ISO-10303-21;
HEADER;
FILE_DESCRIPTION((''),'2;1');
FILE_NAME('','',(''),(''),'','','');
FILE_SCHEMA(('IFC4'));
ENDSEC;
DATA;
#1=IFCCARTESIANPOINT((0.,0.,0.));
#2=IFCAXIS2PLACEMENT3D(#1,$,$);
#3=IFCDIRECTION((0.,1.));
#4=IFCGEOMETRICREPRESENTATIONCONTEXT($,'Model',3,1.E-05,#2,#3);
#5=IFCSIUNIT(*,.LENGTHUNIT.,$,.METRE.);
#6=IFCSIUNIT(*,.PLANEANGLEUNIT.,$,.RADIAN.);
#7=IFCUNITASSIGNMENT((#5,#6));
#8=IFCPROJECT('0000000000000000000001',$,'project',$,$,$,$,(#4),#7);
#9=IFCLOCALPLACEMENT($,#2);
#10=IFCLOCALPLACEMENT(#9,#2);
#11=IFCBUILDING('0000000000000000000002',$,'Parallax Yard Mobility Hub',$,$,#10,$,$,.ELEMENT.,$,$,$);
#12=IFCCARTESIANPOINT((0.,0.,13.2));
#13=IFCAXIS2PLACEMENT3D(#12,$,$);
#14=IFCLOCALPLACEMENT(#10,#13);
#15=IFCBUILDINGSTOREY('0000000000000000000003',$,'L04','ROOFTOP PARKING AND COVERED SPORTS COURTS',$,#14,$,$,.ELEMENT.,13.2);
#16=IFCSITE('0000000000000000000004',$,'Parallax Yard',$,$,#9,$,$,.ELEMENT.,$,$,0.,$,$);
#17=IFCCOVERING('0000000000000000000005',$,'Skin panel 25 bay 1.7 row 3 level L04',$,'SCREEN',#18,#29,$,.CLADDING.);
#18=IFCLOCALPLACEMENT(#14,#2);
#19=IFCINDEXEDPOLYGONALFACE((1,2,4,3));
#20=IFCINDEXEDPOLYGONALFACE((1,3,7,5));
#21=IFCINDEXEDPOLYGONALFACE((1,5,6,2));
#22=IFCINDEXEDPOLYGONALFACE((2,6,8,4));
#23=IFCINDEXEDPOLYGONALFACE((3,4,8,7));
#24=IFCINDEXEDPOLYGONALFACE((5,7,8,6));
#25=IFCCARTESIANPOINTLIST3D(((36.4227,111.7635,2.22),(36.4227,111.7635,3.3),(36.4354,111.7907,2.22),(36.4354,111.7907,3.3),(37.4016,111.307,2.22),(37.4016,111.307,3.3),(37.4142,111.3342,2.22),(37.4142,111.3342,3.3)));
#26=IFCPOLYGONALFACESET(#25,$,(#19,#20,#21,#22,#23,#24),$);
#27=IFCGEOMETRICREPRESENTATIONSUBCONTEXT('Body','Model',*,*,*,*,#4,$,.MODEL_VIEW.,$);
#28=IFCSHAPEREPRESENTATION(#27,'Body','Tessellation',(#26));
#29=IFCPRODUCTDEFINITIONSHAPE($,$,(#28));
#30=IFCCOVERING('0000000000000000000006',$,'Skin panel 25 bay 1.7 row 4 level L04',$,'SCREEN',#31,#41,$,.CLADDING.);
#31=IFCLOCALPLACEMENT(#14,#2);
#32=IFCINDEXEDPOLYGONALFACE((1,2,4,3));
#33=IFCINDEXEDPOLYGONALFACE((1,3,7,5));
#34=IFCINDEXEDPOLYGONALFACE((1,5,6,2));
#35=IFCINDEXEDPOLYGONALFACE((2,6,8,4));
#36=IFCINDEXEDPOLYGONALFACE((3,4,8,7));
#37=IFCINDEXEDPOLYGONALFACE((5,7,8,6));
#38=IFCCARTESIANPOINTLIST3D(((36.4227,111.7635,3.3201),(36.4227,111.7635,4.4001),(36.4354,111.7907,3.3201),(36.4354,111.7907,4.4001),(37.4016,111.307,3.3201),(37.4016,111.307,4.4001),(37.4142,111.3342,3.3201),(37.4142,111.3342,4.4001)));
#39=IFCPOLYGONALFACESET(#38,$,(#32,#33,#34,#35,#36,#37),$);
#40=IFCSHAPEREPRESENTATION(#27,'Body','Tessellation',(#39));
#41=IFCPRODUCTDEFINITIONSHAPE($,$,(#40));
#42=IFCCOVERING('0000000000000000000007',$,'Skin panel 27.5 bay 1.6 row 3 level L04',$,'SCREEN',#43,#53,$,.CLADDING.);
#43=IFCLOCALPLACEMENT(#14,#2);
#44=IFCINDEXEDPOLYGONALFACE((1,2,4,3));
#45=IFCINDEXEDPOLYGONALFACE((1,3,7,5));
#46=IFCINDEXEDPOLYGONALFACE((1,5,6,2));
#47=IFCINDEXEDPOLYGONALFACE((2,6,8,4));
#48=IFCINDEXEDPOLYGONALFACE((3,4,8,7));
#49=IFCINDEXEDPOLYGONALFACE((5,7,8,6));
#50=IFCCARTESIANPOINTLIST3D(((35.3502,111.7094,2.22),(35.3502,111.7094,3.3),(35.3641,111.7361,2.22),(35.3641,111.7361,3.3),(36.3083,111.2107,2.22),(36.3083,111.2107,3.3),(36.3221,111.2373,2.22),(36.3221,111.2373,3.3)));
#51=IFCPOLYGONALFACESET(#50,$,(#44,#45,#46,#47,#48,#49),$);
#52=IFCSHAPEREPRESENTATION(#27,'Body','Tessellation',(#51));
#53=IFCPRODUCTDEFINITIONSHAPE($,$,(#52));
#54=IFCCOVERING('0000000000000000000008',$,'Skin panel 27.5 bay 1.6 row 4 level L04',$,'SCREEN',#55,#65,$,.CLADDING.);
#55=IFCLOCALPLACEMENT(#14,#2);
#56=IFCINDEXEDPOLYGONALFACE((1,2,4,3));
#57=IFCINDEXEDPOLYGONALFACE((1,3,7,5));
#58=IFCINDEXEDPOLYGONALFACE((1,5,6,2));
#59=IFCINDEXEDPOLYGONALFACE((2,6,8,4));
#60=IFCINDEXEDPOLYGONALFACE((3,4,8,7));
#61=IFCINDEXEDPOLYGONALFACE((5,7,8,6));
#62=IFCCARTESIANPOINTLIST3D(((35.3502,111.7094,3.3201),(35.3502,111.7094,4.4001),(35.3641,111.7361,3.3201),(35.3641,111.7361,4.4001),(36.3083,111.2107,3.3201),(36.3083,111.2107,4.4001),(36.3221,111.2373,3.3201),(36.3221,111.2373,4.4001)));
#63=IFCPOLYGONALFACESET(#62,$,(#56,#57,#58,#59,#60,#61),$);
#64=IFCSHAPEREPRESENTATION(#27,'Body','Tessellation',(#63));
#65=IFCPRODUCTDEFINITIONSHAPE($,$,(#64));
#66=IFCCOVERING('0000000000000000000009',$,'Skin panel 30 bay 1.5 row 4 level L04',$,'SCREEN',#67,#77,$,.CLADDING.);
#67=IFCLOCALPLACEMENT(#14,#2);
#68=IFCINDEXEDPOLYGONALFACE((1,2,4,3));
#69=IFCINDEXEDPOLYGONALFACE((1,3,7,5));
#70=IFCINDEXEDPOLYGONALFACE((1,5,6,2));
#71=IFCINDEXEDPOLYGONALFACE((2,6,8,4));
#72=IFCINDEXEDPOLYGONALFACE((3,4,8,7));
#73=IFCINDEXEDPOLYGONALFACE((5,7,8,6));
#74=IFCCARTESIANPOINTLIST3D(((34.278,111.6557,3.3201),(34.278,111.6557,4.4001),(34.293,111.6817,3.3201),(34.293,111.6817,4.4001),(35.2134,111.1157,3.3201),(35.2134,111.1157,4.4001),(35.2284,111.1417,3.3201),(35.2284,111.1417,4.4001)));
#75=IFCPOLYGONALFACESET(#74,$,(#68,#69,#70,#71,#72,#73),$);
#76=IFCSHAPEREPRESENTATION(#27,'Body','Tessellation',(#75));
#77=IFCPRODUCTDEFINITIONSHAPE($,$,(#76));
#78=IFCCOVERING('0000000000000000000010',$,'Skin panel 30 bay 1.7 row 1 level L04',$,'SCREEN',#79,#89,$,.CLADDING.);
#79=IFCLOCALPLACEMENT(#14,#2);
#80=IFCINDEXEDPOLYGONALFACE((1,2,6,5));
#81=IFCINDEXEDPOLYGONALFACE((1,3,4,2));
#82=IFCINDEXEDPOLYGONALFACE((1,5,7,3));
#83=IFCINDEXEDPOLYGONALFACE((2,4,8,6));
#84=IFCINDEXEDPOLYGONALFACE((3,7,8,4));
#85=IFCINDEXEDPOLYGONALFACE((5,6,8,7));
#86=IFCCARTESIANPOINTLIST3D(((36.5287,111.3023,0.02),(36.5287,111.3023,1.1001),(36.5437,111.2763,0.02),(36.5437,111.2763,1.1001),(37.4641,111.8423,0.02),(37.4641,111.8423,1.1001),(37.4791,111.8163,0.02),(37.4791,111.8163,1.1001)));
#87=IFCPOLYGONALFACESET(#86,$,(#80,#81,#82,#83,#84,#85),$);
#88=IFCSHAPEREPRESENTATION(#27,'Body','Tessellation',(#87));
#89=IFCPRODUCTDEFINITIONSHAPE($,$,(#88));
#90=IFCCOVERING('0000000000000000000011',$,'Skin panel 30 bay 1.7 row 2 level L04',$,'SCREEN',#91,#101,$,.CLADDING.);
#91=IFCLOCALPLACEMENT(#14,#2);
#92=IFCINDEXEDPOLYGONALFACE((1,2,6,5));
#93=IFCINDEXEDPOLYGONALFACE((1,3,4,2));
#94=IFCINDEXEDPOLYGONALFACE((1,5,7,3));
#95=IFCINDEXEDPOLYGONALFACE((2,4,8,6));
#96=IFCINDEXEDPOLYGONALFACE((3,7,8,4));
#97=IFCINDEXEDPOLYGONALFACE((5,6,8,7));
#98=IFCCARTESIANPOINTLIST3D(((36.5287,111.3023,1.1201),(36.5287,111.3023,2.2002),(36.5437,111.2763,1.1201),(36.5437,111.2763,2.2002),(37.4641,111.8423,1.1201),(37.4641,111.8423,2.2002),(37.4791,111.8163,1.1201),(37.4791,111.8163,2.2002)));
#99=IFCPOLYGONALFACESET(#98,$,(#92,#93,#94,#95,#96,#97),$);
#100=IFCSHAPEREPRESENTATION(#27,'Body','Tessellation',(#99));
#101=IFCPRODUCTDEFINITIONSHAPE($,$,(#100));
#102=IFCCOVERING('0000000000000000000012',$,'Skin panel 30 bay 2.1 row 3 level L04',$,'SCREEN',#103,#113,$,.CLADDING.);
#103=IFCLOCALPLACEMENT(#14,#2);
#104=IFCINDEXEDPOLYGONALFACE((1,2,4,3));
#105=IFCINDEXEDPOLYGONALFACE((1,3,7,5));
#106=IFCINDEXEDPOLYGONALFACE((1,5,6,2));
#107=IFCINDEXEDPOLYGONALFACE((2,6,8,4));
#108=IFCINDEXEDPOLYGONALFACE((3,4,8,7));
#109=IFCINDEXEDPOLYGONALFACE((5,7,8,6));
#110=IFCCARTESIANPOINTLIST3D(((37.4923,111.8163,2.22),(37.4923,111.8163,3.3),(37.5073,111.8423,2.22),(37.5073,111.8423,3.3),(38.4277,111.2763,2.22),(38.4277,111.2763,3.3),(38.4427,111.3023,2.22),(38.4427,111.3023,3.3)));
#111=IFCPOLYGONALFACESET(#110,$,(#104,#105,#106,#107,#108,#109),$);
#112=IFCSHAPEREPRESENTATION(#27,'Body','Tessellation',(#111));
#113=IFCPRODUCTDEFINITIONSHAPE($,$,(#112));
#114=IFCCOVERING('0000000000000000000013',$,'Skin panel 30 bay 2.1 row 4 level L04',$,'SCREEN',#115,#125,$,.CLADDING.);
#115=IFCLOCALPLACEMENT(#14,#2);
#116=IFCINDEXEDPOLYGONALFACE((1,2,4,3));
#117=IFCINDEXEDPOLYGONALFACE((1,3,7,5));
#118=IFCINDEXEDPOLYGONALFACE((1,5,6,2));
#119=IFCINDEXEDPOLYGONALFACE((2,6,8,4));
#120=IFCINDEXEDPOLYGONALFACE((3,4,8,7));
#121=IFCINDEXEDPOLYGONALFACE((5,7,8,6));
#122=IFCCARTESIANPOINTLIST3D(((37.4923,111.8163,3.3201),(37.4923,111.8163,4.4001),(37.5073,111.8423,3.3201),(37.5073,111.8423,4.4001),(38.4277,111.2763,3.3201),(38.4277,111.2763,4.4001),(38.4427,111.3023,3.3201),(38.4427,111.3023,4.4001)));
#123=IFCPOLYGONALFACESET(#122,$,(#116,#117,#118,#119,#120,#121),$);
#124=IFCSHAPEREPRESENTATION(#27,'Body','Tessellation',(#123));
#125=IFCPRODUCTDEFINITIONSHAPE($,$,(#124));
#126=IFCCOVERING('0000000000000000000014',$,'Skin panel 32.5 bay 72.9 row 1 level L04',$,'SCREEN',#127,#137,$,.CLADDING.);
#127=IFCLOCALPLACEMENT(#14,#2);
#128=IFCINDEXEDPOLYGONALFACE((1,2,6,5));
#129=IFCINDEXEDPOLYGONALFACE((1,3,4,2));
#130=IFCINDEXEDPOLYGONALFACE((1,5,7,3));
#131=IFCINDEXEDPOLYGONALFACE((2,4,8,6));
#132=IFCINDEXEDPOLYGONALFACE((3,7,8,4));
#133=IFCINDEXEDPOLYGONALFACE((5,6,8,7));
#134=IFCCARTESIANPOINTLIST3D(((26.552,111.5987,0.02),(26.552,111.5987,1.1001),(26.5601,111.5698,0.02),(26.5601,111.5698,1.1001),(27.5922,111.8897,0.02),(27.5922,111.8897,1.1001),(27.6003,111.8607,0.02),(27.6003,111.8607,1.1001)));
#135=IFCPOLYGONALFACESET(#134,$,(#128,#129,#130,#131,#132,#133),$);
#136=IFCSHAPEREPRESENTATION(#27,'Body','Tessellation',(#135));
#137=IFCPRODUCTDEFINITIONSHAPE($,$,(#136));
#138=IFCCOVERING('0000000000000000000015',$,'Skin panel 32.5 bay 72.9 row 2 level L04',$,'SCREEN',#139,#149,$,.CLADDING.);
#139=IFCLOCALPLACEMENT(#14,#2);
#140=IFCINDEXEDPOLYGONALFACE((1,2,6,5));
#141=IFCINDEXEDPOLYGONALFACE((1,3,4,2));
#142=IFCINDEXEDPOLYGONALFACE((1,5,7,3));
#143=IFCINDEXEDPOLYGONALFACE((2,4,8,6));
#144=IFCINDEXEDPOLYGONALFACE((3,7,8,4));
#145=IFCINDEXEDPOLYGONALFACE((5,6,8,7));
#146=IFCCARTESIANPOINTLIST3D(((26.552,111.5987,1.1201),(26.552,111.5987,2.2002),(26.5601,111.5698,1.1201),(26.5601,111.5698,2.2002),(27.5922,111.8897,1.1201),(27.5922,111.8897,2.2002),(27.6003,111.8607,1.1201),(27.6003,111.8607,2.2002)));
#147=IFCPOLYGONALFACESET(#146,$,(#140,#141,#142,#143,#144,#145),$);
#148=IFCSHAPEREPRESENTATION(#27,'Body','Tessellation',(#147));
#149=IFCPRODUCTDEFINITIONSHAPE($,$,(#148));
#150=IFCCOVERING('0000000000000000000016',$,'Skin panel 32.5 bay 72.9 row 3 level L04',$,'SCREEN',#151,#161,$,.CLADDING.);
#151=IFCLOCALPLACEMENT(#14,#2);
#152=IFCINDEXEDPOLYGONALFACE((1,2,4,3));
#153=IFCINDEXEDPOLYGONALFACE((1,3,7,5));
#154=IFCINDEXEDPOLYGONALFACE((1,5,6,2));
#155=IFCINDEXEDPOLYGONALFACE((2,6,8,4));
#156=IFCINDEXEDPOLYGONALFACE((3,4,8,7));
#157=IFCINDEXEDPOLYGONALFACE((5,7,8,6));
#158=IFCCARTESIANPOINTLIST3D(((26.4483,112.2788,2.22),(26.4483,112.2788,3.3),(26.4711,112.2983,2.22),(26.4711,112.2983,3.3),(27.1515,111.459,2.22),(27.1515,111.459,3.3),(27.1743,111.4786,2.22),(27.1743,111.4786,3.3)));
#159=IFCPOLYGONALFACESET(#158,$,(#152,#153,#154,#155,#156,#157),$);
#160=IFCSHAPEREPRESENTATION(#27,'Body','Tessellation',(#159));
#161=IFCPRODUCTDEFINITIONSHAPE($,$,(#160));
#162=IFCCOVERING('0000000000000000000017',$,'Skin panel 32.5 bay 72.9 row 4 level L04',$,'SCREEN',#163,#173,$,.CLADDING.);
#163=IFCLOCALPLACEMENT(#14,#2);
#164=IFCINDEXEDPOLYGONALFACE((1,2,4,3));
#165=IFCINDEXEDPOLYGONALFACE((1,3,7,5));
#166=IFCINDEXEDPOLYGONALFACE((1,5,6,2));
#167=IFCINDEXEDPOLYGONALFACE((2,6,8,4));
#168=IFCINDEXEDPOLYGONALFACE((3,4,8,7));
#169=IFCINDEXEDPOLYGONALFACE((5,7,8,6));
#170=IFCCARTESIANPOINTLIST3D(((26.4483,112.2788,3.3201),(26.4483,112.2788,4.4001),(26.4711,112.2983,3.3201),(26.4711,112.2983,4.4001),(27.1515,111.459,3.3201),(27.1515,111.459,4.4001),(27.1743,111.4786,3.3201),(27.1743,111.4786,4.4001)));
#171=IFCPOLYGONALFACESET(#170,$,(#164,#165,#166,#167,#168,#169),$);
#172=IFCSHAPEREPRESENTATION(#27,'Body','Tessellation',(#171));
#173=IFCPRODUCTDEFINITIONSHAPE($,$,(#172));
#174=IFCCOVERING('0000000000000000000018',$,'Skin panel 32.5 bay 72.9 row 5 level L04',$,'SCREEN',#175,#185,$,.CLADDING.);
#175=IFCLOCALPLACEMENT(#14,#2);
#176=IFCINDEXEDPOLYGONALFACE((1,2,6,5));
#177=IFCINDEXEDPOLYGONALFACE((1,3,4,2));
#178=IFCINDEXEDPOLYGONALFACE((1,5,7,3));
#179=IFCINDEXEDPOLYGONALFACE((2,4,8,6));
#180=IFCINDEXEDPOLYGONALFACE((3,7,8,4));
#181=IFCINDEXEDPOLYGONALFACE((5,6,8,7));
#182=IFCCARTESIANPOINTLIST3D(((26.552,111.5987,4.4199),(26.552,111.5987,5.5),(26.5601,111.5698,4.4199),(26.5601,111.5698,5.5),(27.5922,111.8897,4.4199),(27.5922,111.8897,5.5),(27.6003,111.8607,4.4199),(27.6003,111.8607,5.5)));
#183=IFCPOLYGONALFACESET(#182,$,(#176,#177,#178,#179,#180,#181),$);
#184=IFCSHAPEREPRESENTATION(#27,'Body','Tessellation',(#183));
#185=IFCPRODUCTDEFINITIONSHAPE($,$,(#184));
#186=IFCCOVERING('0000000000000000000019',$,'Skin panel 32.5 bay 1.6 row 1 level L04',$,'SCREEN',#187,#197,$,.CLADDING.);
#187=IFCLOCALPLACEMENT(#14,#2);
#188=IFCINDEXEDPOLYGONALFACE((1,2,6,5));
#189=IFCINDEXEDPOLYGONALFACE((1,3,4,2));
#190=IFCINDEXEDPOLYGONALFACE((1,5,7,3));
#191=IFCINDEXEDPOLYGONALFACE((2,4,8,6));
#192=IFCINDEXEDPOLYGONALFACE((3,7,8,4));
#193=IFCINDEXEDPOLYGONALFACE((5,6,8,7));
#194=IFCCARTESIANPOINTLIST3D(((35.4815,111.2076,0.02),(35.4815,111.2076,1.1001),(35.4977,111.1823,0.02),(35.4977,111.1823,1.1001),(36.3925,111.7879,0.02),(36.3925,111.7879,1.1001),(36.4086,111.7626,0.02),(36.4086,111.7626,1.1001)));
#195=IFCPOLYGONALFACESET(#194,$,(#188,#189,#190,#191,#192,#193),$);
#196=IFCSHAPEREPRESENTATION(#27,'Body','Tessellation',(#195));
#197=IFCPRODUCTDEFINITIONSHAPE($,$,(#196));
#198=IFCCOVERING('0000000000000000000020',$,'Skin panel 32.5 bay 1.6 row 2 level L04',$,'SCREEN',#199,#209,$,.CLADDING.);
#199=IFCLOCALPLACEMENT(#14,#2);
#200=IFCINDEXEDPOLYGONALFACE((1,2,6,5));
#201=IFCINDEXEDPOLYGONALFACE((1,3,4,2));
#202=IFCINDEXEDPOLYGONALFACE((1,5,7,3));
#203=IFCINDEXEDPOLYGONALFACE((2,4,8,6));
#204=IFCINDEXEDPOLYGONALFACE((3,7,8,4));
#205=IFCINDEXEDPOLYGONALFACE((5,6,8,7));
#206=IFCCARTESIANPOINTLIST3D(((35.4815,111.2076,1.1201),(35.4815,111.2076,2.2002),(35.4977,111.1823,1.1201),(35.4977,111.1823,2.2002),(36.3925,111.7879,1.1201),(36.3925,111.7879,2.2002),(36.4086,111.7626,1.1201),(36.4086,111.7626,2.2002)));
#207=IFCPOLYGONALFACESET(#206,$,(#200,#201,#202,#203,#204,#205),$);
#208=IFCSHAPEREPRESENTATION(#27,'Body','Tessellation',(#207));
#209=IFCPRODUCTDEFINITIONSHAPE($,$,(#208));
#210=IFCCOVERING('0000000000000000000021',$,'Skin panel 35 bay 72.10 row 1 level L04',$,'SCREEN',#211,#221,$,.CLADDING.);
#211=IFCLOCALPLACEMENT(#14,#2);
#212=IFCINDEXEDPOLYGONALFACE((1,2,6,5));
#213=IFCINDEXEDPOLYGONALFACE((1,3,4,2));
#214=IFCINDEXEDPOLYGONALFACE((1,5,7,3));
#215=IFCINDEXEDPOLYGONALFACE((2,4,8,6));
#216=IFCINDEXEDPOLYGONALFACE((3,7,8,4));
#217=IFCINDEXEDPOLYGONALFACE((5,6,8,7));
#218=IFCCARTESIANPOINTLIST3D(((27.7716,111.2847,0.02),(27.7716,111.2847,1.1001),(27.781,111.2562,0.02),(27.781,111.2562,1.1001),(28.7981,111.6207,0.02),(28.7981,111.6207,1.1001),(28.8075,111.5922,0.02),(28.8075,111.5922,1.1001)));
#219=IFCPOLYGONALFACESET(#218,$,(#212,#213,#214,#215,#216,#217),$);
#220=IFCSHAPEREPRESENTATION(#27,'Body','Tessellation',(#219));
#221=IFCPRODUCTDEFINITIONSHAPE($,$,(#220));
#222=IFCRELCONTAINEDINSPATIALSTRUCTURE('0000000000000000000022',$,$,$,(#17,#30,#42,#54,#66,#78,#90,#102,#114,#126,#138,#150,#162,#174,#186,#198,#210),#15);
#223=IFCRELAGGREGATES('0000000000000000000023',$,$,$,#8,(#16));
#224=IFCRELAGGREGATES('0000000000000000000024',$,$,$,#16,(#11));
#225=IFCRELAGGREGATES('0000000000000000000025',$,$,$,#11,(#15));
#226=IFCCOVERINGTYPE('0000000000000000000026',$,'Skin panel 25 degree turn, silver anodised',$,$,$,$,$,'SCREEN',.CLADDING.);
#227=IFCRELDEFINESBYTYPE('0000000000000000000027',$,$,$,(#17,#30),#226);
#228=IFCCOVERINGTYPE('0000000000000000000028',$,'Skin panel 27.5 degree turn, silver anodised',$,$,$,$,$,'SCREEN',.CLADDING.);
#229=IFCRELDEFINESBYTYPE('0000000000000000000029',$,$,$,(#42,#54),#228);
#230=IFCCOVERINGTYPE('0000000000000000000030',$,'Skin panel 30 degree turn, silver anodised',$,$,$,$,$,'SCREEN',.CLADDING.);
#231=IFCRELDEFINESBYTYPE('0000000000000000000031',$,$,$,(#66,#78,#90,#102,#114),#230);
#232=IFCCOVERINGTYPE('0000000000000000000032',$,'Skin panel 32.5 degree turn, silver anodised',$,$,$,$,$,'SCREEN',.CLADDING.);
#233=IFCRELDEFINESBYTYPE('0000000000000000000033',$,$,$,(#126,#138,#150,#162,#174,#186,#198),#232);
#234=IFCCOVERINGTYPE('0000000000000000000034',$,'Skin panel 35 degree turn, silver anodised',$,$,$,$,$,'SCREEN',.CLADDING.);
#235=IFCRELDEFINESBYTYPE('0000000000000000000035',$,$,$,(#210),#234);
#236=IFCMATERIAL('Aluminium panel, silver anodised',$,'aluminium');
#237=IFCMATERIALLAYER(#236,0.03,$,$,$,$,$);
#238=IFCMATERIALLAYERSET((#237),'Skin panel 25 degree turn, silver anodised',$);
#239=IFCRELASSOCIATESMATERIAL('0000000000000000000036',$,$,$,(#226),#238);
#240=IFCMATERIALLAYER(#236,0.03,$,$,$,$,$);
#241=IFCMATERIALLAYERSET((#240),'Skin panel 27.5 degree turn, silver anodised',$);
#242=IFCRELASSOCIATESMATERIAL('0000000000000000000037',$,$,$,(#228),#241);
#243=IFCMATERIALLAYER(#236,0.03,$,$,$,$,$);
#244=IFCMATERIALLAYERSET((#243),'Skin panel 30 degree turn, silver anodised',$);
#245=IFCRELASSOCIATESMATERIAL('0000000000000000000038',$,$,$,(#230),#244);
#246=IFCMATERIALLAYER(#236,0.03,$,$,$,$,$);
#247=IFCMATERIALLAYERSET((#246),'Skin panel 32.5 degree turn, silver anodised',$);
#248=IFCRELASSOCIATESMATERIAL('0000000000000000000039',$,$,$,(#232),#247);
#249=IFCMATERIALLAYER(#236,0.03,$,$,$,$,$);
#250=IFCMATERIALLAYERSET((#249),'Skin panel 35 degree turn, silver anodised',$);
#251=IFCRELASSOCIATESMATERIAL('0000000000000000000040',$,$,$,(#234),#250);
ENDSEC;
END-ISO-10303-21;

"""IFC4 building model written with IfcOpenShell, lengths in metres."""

from ifc_helpers import new_model, si_unit, direction, frame, origin, origin_2d, place, context, subcontext, project, spatial, rectangle, extrude, material, layer, layer_set, type_object, element, save


model = new_model("IFC4")

# Units and contexts
model_context = context("Model", 3, precision=1e-05, world=origin(), true_north=direction((0.0, 1.0)))
body_context = subcontext(model_context, "Body", "Model", "MODEL_VIEW")
ifc_project = project(units=[si_unit("LENGTHUNIT", "METRE"), si_unit("PLANEANGLEUNIT", "RADIAN")], contexts=[model_context])

# Site, building, storey
site_placement = place(None, origin())
site = spatial("IfcSite", under=ifc_project, at=site_placement, Name="Parallax Yard", CompositionType="ELEMENT", RefElevation=0.0)
building_placement = place(site_placement, origin())
building = spatial("IfcBuilding", under=site, at=building_placement, Name="Parallax Yard Mobility Hub", CompositionType="ELEMENT")
storey_placement = place(building_placement, frame((0.0, 0.0, 13.2)))
storey = spatial("IfcBuildingStorey", under=building, at=storey_placement, Name="L04", Description="ROOFTOP PARKING AND COVERED SPORTS COURTS", CompositionType="ELEMENT", Elevation=13.2)

# Coverings
ifc_material_1 = material(Name="Aluminium panel, silver anodised", Category="aluminium")
ifc_layer_1 = layer(ifc_material_1, 0.03)
ifc_layer_set_1 = layer_set([ifc_layer_1], Name="Skin panel 25 degree turn, silver anodised")
covering_type_1 = type_object("IfcCoveringType", Name="Skin panel 25 degree turn, silver anodised", ElementType="SCREEN", PredefinedType="CLADDING", material=ifc_layer_set_1)
for number, where, z_axis, x_axis, name in (
    (1, (36.9185, 111.5488, 2.22), (0.0, 0.0, 1.0), (0.906308, -0.422618, 0.0), "Skin panel 25 bay 1.7 row 3 level L04"),
    (2, (36.9185, 111.5488, 3.3201), (0.0, 0.0, 1.0), (0.906308, -0.422618, 0.0), "Skin panel 25 bay 1.7 row 4 level L04"),
):
    element("IfcCovering", number, at=place(storey_placement, frame(where, z_axis=z_axis, x_axis=x_axis)), inside=storey, type_object=covering_type_1, Name=name, ObjectType="SCREEN", PredefinedType="CLADDING", context=body_context, shape_type="SweptSolid", body=[
        extrude(rectangle(XDim=1.0801, YDim=0.03, at=origin_2d()), origin(), (0.0, 0.0, 1.0), 1.0801),
    ])
ifc_layer_2 = layer(ifc_material_1, 0.03)
ifc_layer_set_2 = layer_set([ifc_layer_2], Name="Skin panel 27.5 degree turn, silver anodised")
covering_type_2 = type_object("IfcCoveringType", Name="Skin panel 27.5 degree turn, silver anodised", ElementType="SCREEN", PredefinedType="CLADDING", material=ifc_layer_set_2)
for number, where, z_axis, x_axis, name in (
    (3, (35.8362, 111.4734, 2.22), (0.0, 0.0, 1.0), (0.887011, -0.461749, 0.0), "Skin panel 27.5 bay 1.6 row 3 level L04"),
    (4, (35.8362, 111.4734, 3.3201), (0.0, 0.0, 1.0), (0.887011, -0.461749, 0.0), "Skin panel 27.5 bay 1.6 row 4 level L04"),
):
    element("IfcCovering", number, at=place(storey_placement, frame(where, z_axis=z_axis, x_axis=x_axis)), inside=storey, type_object=covering_type_2, Name=name, ObjectType="SCREEN", PredefinedType="CLADDING", context=body_context, shape_type="SweptSolid", body=[
        extrude(rectangle(XDim=1.0801, YDim=0.03, at=origin_2d()), origin(), (0.0, 0.0, 1.0), 1.0801),
    ])
ifc_layer_3 = layer(ifc_material_1, 0.03)
ifc_layer_set_3 = layer_set([ifc_layer_3], Name="Skin panel 30 degree turn, silver anodised")
covering_type_3 = type_object("IfcCoveringType", Name="Skin panel 30 degree turn, silver anodised", ElementType="SCREEN", PredefinedType="CLADDING", material=ifc_layer_set_3)
for number, where, z_axis, x_axis, name in (
    (5, (34.7532, 111.3987, 3.3201), (0.0, 0.0, 1.0), (0.866025, -0.5, 0.0), "Skin panel 30 bay 1.5 row 4 level L04"),
    (6, (37.0039, 111.5593, 0.02), (0.0, 0.0, 1.0), (-0.866025, -0.5, 0.0), "Skin panel 30 bay 1.7 row 1 level L04"),
    (7, (37.0039, 111.5593, 1.1201), (0.0, 0.0, 1.0), (-0.866025, -0.5, 0.0), "Skin panel 30 bay 1.7 row 2 level L04"),
    (8, (37.9675, 111.5593, 2.22), (0.0, 0.0, 1.0), (0.866025, -0.5, 0.0), "Skin panel 30 bay 2.1 row 3 level L04"),
    (9, (37.9675, 111.5593, 3.3201), (0.0, 0.0, 1.0), (0.866025, -0.5, 0.0), "Skin panel 30 bay 2.1 row 4 level L04"),
):
    element("IfcCovering", number, at=place(storey_placement, frame(where, z_axis=z_axis, x_axis=x_axis)), inside=storey, type_object=covering_type_3, Name=name, ObjectType="SCREEN", PredefinedType="CLADDING", context=body_context, shape_type="SweptSolid", body=[
        extrude(rectangle(XDim=1.0801, YDim=0.03, at=origin_2d()), origin(), (0.0, 0.0, 1.0), 1.0801),
    ])
ifc_layer_4 = layer(ifc_material_1, 0.03)
ifc_layer_set_4 = layer_set([ifc_layer_4], Name="Skin panel 32.5 degree turn, silver anodised")
covering_type_4 = type_object("IfcCoveringType", Name="Skin panel 32.5 degree turn, silver anodised", ElementType="SCREEN", PredefinedType="CLADDING", material=ifc_layer_set_4)
for number, where, z_axis, x_axis, name in (
    (10, (27.0762, 111.7297, 0.02), (0.0, 0.0, 1.0), (-0.963045, -0.26934, 0.0), "Skin panel 32.5 bay 72.9 row 1 level L04"),
    (11, (27.0762, 111.7297, 1.1201), (0.0, 0.0, 1.0), (-0.963045, -0.26934, 0.0), "Skin panel 32.5 bay 72.9 row 2 level L04"),
    (12, (26.8113, 111.8787, 2.22), (0.0, 0.0, 1.0), (0.651105, -0.758987, 0.0), "Skin panel 32.5 bay 72.9 row 3 level L04"),
    (13, (26.8113, 111.8787, 3.3201), (0.0, 0.0, 1.0), (0.651105, -0.758987, 0.0), "Skin panel 32.5 bay 72.9 row 4 level L04"),
    (14, (27.0762, 111.7297, 4.4199), (0.0, 0.0, 1.0), (-0.963045, -0.26934, 0.0), "Skin panel 32.5 bay 72.9 row 5 level L04"),
    (15, (35.9451, 111.4851, 0.02), (0.0, 0.0, 1.0), (-0.843391, -0.5373, 0.0), "Skin panel 32.5 bay 1.6 row 1 level L04"),
    (16, (35.9451, 111.4851, 1.1201), (0.0, 0.0, 1.0), (-0.843391, -0.5373, 0.0), "Skin panel 32.5 bay 1.6 row 2 level L04"),
):
    element("IfcCovering", number, at=place(storey_placement, frame(where, z_axis=z_axis, x_axis=x_axis)), inside=storey, type_object=covering_type_4, Name=name, ObjectType="SCREEN", PredefinedType="CLADDING", context=body_context, shape_type="SweptSolid", body=[
        extrude(rectangle(XDim=1.0801, YDim=0.03, at=origin_2d()), origin(), (0.0, 0.0, 1.0), 1.0801),
    ])
ifc_layer_5 = layer(ifc_material_1, 0.03)
ifc_layer_set_5 = layer_set([ifc_layer_5], Name="Skin panel 35 degree turn, silver anodised")
covering_type_5 = type_object("IfcCoveringType", Name="Skin panel 35 degree turn, silver anodised", ElementType="SCREEN", PredefinedType="CLADDING", material=ifc_layer_set_5)
for number, where, z_axis, x_axis, name in (
    (17, (28.2896, 111.4385, 0.02), (0.0, 0.0, 1.0), (-0.95038, -0.311091, 0.0), "Skin panel 35 bay 72.10 row 1 level L04"),
):
    element("IfcCovering", number, at=place(storey_placement, frame(where, z_axis=z_axis, x_axis=x_axis)), inside=storey, type_object=covering_type_5, Name=name, ObjectType="SCREEN", PredefinedType="CLADDING", context=body_context, shape_type="SweptSolid", body=[
        extrude(rectangle(XDim=1.0801, YDim=0.03, at=origin_2d()), origin(), (0.0, 0.0, 1.0), 1.0801),
    ])

save(model, "model.ifc")
